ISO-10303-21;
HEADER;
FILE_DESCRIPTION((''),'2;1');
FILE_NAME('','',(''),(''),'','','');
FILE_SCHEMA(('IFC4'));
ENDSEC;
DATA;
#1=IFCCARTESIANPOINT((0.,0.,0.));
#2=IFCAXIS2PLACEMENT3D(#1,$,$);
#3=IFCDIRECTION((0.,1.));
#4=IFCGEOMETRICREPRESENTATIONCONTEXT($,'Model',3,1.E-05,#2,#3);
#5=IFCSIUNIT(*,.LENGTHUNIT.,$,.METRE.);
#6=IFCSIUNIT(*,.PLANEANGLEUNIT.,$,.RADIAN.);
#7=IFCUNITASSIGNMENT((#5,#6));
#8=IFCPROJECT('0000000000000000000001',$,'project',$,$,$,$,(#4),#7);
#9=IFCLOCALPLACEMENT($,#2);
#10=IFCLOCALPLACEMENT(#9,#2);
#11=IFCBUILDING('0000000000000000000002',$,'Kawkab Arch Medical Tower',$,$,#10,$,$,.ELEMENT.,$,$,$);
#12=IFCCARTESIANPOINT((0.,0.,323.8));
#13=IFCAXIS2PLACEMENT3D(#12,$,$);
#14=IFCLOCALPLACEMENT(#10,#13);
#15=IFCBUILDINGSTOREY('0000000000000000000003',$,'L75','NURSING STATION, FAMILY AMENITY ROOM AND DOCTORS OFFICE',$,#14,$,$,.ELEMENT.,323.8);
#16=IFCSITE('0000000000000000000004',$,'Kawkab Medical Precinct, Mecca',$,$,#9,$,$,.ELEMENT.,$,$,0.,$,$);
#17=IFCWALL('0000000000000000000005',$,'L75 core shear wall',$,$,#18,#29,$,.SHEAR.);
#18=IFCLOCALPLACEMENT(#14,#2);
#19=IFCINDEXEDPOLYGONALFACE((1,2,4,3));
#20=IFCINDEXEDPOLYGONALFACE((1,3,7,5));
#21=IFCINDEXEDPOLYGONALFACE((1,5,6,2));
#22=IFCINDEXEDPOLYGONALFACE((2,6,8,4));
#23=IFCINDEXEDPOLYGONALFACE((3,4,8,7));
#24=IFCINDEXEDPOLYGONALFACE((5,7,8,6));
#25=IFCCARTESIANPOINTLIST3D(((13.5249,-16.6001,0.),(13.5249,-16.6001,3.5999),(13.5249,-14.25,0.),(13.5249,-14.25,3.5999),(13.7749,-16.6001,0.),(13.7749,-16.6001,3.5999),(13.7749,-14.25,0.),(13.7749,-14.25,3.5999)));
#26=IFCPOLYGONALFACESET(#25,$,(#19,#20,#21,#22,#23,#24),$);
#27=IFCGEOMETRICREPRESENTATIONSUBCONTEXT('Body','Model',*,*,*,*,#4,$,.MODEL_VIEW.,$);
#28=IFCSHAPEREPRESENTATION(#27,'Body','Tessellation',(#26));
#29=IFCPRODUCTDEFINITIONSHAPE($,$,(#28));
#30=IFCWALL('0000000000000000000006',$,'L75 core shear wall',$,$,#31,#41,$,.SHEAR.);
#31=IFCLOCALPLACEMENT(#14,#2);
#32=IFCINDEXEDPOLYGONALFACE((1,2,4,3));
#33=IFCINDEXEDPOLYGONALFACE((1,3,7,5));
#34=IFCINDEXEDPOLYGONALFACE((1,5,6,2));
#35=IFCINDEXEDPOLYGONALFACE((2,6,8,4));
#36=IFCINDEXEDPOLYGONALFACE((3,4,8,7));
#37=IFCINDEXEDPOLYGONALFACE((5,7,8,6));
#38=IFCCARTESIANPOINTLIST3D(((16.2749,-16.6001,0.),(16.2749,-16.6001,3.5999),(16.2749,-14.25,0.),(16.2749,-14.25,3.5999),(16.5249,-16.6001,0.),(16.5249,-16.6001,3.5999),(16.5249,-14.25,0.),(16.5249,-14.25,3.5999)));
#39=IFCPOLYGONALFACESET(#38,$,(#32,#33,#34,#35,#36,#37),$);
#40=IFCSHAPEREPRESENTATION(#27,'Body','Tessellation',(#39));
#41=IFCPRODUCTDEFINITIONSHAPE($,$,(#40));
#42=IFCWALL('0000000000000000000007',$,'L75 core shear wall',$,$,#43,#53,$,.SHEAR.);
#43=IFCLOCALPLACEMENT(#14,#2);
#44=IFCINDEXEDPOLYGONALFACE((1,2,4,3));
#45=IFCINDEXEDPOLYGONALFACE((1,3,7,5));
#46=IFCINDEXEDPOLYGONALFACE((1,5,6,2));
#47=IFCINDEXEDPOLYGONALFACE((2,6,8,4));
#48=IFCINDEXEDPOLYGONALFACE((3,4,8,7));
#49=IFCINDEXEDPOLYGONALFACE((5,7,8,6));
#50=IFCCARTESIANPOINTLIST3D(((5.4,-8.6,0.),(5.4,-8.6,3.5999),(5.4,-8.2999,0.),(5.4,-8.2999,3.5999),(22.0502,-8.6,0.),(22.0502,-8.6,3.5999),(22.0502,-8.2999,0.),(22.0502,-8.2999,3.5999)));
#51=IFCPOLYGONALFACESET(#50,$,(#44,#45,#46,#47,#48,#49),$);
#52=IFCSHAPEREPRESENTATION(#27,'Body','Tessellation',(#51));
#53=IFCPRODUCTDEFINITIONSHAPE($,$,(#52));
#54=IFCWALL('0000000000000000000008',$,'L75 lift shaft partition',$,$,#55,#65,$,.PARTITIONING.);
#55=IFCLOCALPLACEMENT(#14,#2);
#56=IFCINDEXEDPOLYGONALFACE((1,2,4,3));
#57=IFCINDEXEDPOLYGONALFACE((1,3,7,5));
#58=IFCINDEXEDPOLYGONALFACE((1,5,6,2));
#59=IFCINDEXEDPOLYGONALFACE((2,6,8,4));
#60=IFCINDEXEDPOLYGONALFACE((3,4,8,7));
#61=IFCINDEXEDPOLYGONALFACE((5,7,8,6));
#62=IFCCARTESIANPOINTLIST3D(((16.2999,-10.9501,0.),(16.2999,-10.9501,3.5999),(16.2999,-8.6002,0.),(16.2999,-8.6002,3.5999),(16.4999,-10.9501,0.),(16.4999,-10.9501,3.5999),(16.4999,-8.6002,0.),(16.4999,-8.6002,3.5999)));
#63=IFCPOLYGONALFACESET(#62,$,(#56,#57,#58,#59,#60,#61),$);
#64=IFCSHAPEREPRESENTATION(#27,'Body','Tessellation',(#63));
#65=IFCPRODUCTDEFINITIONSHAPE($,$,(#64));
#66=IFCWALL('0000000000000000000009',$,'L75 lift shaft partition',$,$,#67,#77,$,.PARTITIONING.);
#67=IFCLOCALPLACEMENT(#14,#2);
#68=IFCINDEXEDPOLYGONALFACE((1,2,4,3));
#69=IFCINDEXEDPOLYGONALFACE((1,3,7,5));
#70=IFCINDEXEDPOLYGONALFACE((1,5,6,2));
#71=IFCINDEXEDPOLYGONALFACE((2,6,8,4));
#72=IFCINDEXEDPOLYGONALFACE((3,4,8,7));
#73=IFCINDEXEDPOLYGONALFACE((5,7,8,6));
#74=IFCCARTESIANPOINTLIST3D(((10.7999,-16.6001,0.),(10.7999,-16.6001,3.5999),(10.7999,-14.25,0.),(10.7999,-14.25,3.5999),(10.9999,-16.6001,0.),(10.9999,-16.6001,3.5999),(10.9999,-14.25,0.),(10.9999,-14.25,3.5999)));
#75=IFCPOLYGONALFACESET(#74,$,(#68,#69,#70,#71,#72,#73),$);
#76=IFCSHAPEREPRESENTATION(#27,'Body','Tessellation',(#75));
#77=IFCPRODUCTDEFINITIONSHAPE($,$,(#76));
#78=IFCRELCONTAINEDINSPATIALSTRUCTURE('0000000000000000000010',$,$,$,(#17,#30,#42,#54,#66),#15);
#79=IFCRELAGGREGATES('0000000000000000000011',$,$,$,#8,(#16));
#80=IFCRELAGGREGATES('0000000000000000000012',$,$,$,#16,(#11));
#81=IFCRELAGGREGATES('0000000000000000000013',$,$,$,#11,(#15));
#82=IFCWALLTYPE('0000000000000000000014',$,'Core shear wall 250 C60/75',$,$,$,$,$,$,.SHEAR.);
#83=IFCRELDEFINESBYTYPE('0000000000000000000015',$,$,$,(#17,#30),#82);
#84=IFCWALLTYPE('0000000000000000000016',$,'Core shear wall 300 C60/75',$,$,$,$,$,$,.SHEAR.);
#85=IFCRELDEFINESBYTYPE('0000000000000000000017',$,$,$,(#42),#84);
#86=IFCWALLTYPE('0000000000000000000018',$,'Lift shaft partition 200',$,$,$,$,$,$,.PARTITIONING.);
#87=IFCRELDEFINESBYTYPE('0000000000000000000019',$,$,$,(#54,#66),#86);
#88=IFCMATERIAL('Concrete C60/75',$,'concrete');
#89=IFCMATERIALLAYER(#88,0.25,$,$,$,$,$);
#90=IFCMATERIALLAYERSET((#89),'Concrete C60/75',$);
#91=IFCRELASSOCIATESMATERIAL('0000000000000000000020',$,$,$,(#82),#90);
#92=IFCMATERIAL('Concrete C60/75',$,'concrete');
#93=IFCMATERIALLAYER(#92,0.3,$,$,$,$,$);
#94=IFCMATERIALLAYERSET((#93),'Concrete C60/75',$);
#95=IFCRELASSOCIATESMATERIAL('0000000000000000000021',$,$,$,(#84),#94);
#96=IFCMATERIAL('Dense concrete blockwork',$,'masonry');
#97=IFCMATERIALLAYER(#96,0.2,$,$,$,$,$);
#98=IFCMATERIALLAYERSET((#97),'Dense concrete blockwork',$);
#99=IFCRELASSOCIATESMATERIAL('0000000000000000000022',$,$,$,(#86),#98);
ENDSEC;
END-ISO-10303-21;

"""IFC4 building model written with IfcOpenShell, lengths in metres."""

from ifc_helpers import new_model, si_unit, direction, frame, frame_2d, origin, place, context, subcontext, project, spatial, rectangle, extrude, material, layer, layer_set, type_object, element, save


model = new_model("IFC4")

# Units and contexts
model_context = context("Model", 3, precision=1e-05, world=origin(), true_north=direction((0.0, 1.0)))
body_context = subcontext(model_context, "Body", "Model", "MODEL_VIEW")
ifc_project = project(units=[si_unit("LENGTHUNIT", "METRE"), si_unit("PLANEANGLEUNIT", "RADIAN")], contexts=[model_context])

# Site, building, storey
site_placement = place(None, origin())
site = spatial("IfcSite", under=ifc_project, at=site_placement, Name="Kawkab Medical Precinct, Mecca", CompositionType="ELEMENT", RefElevation=0.0)
building_placement = place(site_placement, origin())
building = spatial("IfcBuilding", under=site, at=building_placement, Name="Kawkab Arch Medical Tower", CompositionType="ELEMENT")
storey_placement = place(building_placement, frame((0.0, 0.0, 323.8)))
storey = spatial("IfcBuildingStorey", under=building, at=storey_placement, Name="L75", Description="NURSING STATION, FAMILY AMENITY ROOM AND DOCTORS OFFICE", CompositionType="ELEMENT", Elevation=323.8)

# Walls
ifc_material_1 = material(Name="Concrete C60/75", Category="concrete")
ifc_layer_1 = layer(ifc_material_1, 0.25)
ifc_layer_set_1 = layer_set([ifc_layer_1], Name="Concrete C60/75")
wall_type_1 = type_object("IfcWallType", Name="Core shear wall 250 C60/75", PredefinedType="SHEAR", material=ifc_layer_set_1)
for number, where, z_axis, x_axis, name in (
    (1, (13.6499, -16.6001, 0.0), (0.0, 0.0, 1.0), (0.0, 1.0, 0.0), "L75 core shear wall"),
    (2, (16.3999, -16.6001, 0.0), (0.0, 0.0, 1.0), (0.0, 1.0, 0.0), "L75 core shear wall"),
):
    element("IfcWall", number, at=place(storey_placement, frame(where, z_axis=z_axis, x_axis=x_axis)), inside=storey, type_object=wall_type_1, Name=name, PredefinedType="SHEAR", context=body_context, shape_type="SweptSolid", body=[
        extrude(rectangle(XDim=2.3501, YDim=0.25, at=frame_2d((1.175, 0.0))), origin(), (0.0, 0.0, 1.0), 3.5999),
    ])
ifc_material_2 = material(Name="Concrete C60/75", Category="concrete")
ifc_layer_2 = layer(ifc_material_2, 0.3)
ifc_layer_set_2 = layer_set([ifc_layer_2], Name="Concrete C60/75")
wall_type_2 = type_object("IfcWallType", Name="Core shear wall 300 C60/75", PredefinedType="SHEAR", material=ifc_layer_set_2)
wall_1_placement = place(storey_placement, frame((5.3999, -8.45, 0.0), z_axis=(0.0, 0.0, 1.0), x_axis=(1.0, 0.0, 0.0)))
element("IfcWall", 3, at=wall_1_placement, inside=storey, type_object=wall_type_2, Name="L75 core shear wall", PredefinedType="SHEAR", context=body_context, shape_type="SweptSolid", body=[
    extrude(rectangle(XDim=16.6501, YDim=0.3, at=frame_2d((8.3252, 0.0))), origin(), (0.0, 0.0, 1.0), 3.5999),
])
ifc_material_3 = material(Name="Dense concrete blockwork", Category="masonry")
ifc_layer_3 = layer(ifc_material_3, 0.2)
ifc_layer_set_3 = layer_set([ifc_layer_3], Name="Dense concrete blockwork")
wall_type_3 = type_object("IfcWallType", Name="Lift shaft partition 200", PredefinedType="PARTITIONING", material=ifc_layer_set_3)
wall_2_placement = place(storey_placement, frame((16.3999, -10.95, 0.0), z_axis=(0.0, 0.0, 1.0), x_axis=(0.0, 1.0, 0.0)))
element("IfcWall", 4, at=wall_2_placement, inside=storey, type_object=wall_type_3, Name="L75 lift shaft partition", PredefinedType="PARTITIONING", context=body_context, shape_type="SweptSolid", body=[
    extrude(rectangle(XDim=2.3499, YDim=0.2, at=frame_2d((1.1748, 0.0))), origin(), (0.0, 0.0, 1.0), 3.5999),
])
wall_3_placement = place(storey_placement, frame((10.8999, -16.6001, 0.0), z_axis=(0.0, 0.0, 1.0), x_axis=(0.0, 1.0, 0.0)))
element("IfcWall", 5, at=wall_3_placement, inside=storey, type_object=wall_type_3, Name="L75 lift shaft partition", PredefinedType="PARTITIONING", context=body_context, shape_type="SweptSolid", body=[
    extrude(rectangle(XDim=2.3501, YDim=0.2, at=frame_2d((1.175, 0.0))), origin(), (0.0, 0.0, 1.0), 3.5999),
])

save(model, "model.ifc")
